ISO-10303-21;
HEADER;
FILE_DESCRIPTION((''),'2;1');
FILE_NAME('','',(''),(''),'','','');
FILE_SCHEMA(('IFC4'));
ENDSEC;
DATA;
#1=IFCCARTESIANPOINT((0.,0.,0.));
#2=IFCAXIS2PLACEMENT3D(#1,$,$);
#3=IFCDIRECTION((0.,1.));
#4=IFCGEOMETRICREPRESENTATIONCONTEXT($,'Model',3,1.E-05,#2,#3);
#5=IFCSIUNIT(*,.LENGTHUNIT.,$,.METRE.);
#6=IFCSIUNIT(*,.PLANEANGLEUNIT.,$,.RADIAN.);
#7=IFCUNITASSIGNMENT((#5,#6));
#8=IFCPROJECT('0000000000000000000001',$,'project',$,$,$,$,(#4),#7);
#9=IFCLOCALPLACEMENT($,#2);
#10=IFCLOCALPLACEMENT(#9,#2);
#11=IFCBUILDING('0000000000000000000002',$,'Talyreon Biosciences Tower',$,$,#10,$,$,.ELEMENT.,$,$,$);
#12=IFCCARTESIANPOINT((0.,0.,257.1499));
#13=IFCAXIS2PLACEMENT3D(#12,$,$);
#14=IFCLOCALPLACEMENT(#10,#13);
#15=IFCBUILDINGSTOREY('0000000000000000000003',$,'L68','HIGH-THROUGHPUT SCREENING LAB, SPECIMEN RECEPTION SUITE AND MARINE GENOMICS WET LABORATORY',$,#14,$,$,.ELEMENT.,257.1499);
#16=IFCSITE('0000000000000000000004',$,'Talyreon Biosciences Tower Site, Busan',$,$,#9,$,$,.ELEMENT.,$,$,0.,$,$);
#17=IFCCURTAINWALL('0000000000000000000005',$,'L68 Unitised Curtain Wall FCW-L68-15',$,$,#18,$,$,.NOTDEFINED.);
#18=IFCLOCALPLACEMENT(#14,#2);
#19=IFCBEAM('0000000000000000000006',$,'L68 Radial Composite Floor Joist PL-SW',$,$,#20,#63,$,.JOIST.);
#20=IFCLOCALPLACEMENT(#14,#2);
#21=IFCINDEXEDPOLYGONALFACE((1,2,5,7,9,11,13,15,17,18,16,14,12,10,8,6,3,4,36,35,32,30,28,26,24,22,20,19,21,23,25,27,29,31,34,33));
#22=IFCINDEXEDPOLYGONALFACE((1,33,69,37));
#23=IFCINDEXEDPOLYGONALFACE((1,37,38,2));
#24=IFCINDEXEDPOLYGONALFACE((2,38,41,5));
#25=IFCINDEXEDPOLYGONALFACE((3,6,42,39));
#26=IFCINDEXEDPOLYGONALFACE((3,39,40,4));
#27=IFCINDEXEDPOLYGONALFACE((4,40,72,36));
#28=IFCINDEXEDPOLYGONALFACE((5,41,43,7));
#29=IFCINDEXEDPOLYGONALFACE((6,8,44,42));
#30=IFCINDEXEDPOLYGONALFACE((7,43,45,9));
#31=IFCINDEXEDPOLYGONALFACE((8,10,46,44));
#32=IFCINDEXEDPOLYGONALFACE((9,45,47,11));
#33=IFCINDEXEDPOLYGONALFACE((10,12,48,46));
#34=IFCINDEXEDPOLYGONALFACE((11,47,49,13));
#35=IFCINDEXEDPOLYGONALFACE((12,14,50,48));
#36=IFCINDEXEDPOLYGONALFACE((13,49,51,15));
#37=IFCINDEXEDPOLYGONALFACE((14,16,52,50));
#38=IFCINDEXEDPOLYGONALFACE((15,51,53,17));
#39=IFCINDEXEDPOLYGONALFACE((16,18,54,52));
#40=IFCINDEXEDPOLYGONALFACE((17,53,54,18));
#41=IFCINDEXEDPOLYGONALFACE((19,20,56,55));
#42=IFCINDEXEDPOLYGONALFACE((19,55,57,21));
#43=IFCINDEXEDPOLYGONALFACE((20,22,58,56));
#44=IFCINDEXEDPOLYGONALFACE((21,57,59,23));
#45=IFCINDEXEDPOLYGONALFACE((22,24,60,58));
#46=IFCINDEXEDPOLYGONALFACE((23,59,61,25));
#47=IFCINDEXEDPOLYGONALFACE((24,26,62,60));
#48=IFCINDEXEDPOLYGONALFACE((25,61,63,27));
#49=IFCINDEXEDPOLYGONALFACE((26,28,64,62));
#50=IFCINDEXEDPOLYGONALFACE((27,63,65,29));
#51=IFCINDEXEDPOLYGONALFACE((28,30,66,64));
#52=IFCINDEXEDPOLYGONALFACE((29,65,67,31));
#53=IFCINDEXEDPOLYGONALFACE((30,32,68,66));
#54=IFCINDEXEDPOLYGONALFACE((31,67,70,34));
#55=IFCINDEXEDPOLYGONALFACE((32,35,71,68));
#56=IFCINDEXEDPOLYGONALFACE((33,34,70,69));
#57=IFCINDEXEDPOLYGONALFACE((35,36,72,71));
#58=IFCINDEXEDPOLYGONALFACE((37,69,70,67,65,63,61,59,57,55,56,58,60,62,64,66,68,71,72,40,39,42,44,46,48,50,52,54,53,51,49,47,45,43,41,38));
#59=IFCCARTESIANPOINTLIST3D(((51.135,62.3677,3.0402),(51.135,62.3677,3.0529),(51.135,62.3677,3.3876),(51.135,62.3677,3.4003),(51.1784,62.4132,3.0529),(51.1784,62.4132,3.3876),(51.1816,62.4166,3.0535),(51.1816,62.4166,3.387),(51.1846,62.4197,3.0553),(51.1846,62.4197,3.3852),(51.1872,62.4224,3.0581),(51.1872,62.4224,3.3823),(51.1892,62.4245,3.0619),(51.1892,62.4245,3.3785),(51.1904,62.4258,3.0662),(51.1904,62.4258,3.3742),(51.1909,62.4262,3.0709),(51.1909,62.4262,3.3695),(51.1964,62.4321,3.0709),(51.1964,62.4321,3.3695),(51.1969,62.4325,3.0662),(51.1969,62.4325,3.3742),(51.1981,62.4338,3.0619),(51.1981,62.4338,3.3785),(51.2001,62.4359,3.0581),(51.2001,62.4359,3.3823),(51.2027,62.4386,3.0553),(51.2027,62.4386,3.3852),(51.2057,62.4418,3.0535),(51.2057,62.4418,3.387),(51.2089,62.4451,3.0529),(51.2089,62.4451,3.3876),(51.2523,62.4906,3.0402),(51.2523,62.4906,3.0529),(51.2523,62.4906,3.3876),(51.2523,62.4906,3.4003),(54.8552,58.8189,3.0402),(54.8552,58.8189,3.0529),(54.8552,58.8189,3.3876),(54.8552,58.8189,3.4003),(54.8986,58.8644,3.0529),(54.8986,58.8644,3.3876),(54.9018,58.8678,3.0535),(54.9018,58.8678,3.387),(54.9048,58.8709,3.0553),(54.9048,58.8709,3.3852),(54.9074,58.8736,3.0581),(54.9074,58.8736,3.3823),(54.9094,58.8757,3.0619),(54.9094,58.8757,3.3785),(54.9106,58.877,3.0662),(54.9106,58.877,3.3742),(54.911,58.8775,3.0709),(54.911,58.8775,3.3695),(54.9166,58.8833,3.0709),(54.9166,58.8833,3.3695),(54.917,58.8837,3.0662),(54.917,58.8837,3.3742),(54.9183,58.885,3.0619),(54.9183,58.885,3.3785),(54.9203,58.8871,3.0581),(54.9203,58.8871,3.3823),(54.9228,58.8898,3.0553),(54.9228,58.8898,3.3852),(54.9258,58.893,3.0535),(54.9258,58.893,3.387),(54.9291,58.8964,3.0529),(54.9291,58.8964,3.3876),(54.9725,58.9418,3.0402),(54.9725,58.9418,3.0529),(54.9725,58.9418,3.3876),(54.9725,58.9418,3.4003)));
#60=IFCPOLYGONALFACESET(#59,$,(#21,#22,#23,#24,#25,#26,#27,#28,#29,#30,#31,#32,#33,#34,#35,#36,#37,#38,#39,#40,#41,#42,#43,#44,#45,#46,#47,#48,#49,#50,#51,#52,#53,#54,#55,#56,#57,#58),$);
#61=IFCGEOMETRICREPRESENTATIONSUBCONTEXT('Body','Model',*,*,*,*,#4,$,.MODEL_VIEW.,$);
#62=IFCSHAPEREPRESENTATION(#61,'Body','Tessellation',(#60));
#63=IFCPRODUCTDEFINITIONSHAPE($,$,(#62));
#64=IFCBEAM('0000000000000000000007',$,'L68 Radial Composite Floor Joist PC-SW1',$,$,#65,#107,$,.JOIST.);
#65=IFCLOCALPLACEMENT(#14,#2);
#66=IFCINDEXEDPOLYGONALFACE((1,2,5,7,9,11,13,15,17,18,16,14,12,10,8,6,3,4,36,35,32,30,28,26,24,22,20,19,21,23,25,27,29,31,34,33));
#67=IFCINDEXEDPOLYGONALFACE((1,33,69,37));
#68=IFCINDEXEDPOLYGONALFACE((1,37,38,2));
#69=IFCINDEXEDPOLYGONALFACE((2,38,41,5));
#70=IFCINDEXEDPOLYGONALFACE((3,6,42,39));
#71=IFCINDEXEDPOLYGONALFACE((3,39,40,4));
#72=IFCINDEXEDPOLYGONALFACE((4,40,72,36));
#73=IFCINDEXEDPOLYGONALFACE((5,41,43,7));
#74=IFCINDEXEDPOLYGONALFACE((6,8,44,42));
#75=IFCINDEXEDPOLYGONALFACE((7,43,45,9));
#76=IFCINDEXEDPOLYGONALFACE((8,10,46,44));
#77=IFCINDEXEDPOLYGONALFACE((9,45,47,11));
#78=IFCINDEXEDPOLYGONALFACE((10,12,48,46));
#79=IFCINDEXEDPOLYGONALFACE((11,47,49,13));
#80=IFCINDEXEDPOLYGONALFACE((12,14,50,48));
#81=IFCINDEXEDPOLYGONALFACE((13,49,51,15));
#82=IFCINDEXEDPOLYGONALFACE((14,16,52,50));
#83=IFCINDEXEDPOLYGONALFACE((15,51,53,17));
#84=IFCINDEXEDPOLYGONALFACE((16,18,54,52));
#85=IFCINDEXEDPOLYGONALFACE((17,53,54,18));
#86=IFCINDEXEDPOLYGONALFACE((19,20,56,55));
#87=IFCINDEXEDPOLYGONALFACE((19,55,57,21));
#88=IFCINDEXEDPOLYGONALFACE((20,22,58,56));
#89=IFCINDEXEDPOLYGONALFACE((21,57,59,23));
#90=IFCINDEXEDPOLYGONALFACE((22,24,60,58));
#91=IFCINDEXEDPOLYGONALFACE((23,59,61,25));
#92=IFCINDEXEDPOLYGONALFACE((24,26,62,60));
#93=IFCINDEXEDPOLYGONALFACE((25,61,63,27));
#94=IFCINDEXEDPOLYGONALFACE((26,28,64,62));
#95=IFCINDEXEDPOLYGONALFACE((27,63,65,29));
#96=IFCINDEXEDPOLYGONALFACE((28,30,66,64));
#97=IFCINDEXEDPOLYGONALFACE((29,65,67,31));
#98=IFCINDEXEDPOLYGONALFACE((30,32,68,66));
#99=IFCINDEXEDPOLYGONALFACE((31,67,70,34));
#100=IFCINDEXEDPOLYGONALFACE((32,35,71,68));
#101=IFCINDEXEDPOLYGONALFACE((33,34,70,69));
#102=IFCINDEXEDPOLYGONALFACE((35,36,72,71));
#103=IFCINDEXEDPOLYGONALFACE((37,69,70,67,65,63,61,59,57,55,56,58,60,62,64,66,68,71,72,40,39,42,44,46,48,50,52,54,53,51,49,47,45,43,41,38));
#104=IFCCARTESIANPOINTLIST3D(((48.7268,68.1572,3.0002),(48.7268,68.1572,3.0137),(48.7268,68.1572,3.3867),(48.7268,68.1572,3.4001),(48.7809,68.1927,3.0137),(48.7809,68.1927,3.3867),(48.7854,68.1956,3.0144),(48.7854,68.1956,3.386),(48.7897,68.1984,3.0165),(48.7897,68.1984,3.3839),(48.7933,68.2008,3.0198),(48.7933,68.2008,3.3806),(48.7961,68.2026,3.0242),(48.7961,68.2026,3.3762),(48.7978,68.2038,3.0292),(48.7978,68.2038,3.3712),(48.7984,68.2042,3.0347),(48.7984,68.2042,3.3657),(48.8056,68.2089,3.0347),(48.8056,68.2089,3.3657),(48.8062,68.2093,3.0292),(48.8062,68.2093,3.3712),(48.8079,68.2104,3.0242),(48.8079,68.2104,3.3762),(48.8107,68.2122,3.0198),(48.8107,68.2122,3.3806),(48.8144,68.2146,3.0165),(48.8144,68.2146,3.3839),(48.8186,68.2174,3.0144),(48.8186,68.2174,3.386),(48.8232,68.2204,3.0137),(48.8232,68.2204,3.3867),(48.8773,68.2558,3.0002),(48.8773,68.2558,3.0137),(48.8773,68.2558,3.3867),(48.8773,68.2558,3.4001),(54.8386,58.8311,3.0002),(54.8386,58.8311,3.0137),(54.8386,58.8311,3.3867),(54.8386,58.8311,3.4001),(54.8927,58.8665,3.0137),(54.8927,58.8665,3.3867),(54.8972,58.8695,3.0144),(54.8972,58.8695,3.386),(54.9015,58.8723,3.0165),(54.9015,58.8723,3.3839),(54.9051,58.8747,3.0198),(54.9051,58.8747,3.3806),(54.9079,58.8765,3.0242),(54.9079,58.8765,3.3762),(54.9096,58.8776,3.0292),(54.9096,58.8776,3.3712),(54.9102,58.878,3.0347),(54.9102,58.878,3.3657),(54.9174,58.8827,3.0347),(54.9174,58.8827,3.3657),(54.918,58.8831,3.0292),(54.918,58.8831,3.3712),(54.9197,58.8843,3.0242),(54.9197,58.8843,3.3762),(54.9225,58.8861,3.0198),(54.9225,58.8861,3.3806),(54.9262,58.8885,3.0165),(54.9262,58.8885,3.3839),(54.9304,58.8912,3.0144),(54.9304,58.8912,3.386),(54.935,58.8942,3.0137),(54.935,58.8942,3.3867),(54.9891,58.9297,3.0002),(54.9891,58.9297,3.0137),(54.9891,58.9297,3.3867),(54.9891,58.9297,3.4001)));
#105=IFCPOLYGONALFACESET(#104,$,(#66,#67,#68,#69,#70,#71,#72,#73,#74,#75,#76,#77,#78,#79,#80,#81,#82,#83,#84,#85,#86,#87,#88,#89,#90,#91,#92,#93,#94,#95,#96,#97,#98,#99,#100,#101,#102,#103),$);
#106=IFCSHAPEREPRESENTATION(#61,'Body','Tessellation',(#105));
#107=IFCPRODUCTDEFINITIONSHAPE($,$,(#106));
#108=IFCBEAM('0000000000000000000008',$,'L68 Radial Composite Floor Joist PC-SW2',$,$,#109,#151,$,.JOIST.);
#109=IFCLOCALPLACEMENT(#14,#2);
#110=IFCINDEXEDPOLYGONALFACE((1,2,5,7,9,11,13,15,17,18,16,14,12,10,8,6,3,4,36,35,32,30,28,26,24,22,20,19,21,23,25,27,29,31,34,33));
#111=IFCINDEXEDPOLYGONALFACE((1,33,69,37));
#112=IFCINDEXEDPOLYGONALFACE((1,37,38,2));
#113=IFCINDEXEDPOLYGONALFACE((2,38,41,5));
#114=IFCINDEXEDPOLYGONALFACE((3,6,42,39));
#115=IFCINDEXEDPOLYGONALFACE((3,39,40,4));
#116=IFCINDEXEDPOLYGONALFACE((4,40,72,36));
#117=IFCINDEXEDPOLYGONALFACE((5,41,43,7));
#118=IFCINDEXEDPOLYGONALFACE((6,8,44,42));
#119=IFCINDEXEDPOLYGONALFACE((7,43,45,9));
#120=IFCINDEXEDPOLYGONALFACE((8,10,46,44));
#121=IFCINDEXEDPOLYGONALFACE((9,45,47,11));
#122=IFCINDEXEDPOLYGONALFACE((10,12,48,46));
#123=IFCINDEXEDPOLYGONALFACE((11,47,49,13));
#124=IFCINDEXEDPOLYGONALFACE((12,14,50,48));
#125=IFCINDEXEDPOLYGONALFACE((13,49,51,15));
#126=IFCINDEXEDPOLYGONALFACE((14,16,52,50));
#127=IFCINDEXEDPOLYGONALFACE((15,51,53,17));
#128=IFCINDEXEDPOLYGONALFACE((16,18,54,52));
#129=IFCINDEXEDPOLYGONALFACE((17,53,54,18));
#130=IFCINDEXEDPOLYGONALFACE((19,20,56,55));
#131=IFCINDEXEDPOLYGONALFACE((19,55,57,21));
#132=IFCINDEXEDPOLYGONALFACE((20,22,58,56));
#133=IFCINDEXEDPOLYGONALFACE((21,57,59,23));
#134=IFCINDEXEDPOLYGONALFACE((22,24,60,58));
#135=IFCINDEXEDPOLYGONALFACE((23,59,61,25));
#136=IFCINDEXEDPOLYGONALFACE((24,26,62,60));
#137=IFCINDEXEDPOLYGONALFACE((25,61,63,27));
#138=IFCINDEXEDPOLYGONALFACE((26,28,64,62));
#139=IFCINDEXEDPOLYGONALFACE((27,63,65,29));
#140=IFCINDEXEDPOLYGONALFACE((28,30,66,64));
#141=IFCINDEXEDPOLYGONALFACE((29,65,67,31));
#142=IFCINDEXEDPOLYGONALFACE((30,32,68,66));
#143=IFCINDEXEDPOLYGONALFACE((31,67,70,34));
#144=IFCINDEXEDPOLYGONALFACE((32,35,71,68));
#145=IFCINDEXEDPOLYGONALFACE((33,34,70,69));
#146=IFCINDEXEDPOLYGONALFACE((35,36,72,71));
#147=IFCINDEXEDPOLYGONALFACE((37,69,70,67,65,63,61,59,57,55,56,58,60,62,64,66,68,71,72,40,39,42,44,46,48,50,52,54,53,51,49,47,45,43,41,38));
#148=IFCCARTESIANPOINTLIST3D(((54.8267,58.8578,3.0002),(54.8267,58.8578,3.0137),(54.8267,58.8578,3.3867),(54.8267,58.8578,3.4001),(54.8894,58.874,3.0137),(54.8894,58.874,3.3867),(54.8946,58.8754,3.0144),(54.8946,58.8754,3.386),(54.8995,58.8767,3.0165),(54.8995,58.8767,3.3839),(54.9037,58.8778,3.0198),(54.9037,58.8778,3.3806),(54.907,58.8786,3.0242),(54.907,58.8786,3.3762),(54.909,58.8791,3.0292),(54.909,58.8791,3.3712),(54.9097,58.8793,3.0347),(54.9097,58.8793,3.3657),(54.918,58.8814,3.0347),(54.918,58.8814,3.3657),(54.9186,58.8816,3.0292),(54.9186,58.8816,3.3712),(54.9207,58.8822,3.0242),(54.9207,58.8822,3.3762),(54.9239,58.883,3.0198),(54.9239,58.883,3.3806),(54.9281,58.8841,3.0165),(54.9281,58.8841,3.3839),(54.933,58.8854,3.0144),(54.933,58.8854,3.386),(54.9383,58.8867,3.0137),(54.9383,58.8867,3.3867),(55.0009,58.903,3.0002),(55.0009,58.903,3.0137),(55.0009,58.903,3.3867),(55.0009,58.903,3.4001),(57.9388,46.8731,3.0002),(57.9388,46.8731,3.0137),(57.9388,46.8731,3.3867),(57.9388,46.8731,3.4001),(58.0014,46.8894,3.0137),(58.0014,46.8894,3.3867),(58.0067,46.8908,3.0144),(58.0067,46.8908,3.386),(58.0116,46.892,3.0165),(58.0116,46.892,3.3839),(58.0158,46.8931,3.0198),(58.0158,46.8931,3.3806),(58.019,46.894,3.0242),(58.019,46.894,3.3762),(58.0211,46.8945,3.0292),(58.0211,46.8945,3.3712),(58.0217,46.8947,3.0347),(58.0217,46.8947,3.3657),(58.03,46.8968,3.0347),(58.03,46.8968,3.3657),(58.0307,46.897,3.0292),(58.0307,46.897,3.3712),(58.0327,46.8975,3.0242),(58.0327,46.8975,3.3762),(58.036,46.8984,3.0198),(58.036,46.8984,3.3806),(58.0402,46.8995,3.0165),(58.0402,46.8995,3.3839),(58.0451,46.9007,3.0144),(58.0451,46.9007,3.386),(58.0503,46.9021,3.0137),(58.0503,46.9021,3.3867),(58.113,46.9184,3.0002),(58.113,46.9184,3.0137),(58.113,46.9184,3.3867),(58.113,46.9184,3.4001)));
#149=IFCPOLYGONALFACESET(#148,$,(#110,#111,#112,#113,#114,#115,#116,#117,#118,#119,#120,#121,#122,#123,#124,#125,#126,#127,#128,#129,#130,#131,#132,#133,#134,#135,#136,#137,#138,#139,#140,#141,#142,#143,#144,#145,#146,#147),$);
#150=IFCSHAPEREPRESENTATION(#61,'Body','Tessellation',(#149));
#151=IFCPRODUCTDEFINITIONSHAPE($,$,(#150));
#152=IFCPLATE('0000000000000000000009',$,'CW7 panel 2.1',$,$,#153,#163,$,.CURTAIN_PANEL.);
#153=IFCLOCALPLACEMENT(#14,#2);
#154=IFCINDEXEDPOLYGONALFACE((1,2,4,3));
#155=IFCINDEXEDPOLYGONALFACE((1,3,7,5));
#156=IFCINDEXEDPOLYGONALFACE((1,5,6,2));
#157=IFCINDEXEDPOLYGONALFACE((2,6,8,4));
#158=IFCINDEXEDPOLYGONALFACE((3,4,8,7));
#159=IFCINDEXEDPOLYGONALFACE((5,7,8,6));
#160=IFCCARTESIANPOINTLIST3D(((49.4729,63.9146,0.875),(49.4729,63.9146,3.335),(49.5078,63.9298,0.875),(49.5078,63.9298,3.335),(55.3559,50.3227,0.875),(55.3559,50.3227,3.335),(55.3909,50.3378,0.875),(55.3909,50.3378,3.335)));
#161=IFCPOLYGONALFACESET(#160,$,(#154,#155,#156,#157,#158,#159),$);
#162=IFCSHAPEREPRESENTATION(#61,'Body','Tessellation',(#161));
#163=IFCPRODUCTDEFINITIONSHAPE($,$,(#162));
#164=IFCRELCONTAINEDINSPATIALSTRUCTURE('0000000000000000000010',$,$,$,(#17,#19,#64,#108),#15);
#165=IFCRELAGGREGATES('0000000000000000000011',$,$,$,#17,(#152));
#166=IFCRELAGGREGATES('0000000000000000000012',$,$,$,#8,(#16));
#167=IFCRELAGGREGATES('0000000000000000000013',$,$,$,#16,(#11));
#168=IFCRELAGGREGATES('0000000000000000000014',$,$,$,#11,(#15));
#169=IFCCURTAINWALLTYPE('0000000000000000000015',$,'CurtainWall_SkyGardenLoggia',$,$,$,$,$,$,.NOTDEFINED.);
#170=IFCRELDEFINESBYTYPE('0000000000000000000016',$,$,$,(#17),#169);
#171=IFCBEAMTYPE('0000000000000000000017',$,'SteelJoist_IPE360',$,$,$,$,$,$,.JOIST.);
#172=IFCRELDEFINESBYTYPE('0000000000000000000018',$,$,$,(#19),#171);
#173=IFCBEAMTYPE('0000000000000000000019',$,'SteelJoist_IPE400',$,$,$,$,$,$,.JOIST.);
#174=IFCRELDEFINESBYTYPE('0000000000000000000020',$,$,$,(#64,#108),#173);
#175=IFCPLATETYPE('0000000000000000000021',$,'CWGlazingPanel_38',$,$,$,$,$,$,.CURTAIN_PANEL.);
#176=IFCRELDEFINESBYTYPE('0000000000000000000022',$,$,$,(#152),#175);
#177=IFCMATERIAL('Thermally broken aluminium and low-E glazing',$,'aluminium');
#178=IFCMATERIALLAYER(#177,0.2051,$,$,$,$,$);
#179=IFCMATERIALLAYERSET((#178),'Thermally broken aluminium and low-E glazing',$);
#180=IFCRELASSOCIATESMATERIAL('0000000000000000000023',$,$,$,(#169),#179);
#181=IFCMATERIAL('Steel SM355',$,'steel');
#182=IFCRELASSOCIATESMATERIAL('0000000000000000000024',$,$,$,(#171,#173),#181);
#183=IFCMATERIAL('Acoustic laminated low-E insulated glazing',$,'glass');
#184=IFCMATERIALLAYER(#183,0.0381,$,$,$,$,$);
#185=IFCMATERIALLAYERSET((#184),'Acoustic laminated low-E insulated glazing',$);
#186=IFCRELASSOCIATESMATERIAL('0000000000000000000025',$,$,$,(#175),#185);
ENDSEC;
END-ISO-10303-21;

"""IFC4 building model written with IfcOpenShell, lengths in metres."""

from ifc_helpers import new_model, si_unit, direction, frame, origin, origin_2d, place, context, subcontext, project, spatial, rectangle, i_section, extrude, material, layer, layer_set, material_profile, profile_set, type_object, element, aggregate, save


model = new_model("IFC4")

# Units and contexts
model_context = context("Model", 3, precision=1e-05, world=origin(), true_north=direction((0.0, 1.0)))
body_context = subcontext(model_context, "Body", "Model", "MODEL_VIEW")
ifc_project = project(units=[si_unit("LENGTHUNIT", "METRE"), si_unit("PLANEANGLEUNIT", "RADIAN")], contexts=[model_context])

# Site, building, storey
site_placement = place(None, origin())
site = spatial("IfcSite", under=ifc_project, at=site_placement, Name="Talyreon Biosciences Tower Site, Busan", CompositionType="ELEMENT", RefElevation=0.0)
building_placement = place(site_placement, origin())
building = spatial("IfcBuilding", under=site, at=building_placement, Name="Talyreon Biosciences Tower", CompositionType="ELEMENT")
storey_placement = place(building_placement, frame((0.0, 0.0, 257.1499)))
storey = spatial("IfcBuildingStorey", under=building, at=storey_placement, Name="L68", Description="HIGH-THROUGHPUT SCREENING LAB, SPECIMEN RECEPTION SUITE AND MARINE GENOMICS WET LABORATORY", CompositionType="ELEMENT", Elevation=257.1499)

# Curtain wall
ifc_material_1 = material(Name="Thermally broken aluminium and low-E glazing", Category="aluminium")
ifc_layer_1 = layer(ifc_material_1, 0.2051)
ifc_layer_set_1 = layer_set([ifc_layer_1], Name="Thermally broken aluminium and low-E glazing")
curtain_wall_type = type_object("IfcCurtainWallType", Name="CurtainWall_SkyGardenLoggia", PredefinedType="NOTDEFINED", material=ifc_layer_set_1)
curtain_wall_placement = place(storey_placement, origin())
curtain_wall = element("IfcCurtainWall", 1, at=curtain_wall_placement, inside=storey, type_object=curtain_wall_type, Name="L68 Unitised Curtain Wall FCW-L68-15", PredefinedType="NOTDEFINED")

# Beams
ifc_material_2 = material(Name="Steel SM355", Category="steel")
ifc_material_profile_1 = material_profile(ifc_material_2, i_section(OverallWidth=0.1699, OverallDepth=0.3601, WebThickness=0.0081, FlangeThickness=0.0127, FilletRadius=0.0181, at=origin_2d()), Name="IPE360")
ifc_profile_set_1 = profile_set([ifc_material_profile_1], Name="Steel SM355")
beam_type_1 = type_object("IfcBeamType", Name="SteelJoist_IPE360", PredefinedType="JOIST", material=ifc_profile_set_1)
beam_1_placement = place(storey_placement, frame((54.9138, 58.8804, 3.2202), z_axis=(-0.723578, 0.690243, 0.0), x_axis=(-0.690243, -0.723578, 0.0)))
element("IfcBeam", 2, at=beam_1_placement, inside=storey, type_object=beam_type_1, Name="L68 Radial Composite Floor Joist PL-SW", PredefinedType="JOIST", context=body_context, shape_type="SweptSolid", body=[
    extrude(i_section(OverallWidth=0.1699, OverallDepth=0.3601, WebThickness=0.0081, FlangeThickness=0.0127, FilletRadius=0.0181, at=origin_2d()), origin(), (0.0, 0.0, 1.0), 5.1414),
])
ifc_material_profile_2 = material_profile(ifc_material_2, i_section(OverallWidth=0.1799, OverallDepth=0.3999, WebThickness=0.0085, FlangeThickness=0.0134, FilletRadius=0.021, at=origin_2d()), Name="IPE400")
ifc_profile_set_2 = profile_set([ifc_material_profile_2], Name="Steel SM355")
beam_type_2 = type_object("IfcBeamType", Name="SteelJoist_IPE400", PredefinedType="JOIST", material=ifc_profile_set_2)
beam_2_placement = place(storey_placement, frame((54.9138, 58.8804, 3.2002), z_axis=(-0.548125, 0.836397, 0.0), x_axis=(-0.836397, -0.548125, 0.0)))
element("IfcBeam", 3, at=beam_2_placement, inside=storey, type_object=beam_type_2, Name="L68 Radial Composite Floor Joist PC-SW1", PredefinedType="JOIST", context=body_context, shape_type="SweptSolid", body=[
    extrude(i_section(OverallWidth=0.1799, OverallDepth=0.3999, WebThickness=0.0085, FlangeThickness=0.0134, FilletRadius=0.021, at=origin_2d()), origin(), (0.0, 0.0, 1.0), 11.1504),
])
beam_3_placement = place(storey_placement, frame((54.9138, 58.8804, 3.2002), z_axis=(0.251336, -0.9679, 0.0), x_axis=(0.9679, 0.251336, 0.0)))
element("IfcBeam", 4, at=beam_3_placement, inside=storey, type_object=beam_type_2, Name="L68 Radial Composite Floor Joist PC-SW2", PredefinedType="JOIST", context=body_context, shape_type="SweptSolid", body=[
    extrude(i_section(OverallWidth=0.1799, OverallDepth=0.3999, WebThickness=0.0085, FlangeThickness=0.0134, FilletRadius=0.021, at=origin_2d()), origin(), (0.0, 0.0, 1.0), 12.3821),
])

# Plate
ifc_material_3 = material(Name="Acoustic laminated low-E insulated glazing", Category="glass")
ifc_layer_2 = layer(ifc_material_3, 0.0381)
ifc_layer_set_2 = layer_set([ifc_layer_2], Name="Acoustic laminated low-E insulated glazing")
plate_type_1 = type_object("IfcPlateType", Name="CWGlazingPanel_38", PredefinedType="CURTAIN_PANEL", material=ifc_layer_set_2)
plate_placement = place(storey_placement, frame((52.4319, 57.1262, 0.875), z_axis=(0.0, 0.0, 1.0), x_axis=(-0.397221, 0.917723, 0.0)))
plate = element("IfcPlate", 5, at=plate_placement, type_object=plate_type_1, Name="CW7 panel 2.1", PredefinedType="CURTAIN_PANEL", context=body_context, shape_type="SweptSolid", body=[
    extrude(rectangle(XDim=14.8105, YDim=0.0381, at=origin_2d()), origin(), (0.0, 0.0, 1.0), 2.46),
])
aggregate(curtain_wall, [plate])

save(model, "model.ifc")
